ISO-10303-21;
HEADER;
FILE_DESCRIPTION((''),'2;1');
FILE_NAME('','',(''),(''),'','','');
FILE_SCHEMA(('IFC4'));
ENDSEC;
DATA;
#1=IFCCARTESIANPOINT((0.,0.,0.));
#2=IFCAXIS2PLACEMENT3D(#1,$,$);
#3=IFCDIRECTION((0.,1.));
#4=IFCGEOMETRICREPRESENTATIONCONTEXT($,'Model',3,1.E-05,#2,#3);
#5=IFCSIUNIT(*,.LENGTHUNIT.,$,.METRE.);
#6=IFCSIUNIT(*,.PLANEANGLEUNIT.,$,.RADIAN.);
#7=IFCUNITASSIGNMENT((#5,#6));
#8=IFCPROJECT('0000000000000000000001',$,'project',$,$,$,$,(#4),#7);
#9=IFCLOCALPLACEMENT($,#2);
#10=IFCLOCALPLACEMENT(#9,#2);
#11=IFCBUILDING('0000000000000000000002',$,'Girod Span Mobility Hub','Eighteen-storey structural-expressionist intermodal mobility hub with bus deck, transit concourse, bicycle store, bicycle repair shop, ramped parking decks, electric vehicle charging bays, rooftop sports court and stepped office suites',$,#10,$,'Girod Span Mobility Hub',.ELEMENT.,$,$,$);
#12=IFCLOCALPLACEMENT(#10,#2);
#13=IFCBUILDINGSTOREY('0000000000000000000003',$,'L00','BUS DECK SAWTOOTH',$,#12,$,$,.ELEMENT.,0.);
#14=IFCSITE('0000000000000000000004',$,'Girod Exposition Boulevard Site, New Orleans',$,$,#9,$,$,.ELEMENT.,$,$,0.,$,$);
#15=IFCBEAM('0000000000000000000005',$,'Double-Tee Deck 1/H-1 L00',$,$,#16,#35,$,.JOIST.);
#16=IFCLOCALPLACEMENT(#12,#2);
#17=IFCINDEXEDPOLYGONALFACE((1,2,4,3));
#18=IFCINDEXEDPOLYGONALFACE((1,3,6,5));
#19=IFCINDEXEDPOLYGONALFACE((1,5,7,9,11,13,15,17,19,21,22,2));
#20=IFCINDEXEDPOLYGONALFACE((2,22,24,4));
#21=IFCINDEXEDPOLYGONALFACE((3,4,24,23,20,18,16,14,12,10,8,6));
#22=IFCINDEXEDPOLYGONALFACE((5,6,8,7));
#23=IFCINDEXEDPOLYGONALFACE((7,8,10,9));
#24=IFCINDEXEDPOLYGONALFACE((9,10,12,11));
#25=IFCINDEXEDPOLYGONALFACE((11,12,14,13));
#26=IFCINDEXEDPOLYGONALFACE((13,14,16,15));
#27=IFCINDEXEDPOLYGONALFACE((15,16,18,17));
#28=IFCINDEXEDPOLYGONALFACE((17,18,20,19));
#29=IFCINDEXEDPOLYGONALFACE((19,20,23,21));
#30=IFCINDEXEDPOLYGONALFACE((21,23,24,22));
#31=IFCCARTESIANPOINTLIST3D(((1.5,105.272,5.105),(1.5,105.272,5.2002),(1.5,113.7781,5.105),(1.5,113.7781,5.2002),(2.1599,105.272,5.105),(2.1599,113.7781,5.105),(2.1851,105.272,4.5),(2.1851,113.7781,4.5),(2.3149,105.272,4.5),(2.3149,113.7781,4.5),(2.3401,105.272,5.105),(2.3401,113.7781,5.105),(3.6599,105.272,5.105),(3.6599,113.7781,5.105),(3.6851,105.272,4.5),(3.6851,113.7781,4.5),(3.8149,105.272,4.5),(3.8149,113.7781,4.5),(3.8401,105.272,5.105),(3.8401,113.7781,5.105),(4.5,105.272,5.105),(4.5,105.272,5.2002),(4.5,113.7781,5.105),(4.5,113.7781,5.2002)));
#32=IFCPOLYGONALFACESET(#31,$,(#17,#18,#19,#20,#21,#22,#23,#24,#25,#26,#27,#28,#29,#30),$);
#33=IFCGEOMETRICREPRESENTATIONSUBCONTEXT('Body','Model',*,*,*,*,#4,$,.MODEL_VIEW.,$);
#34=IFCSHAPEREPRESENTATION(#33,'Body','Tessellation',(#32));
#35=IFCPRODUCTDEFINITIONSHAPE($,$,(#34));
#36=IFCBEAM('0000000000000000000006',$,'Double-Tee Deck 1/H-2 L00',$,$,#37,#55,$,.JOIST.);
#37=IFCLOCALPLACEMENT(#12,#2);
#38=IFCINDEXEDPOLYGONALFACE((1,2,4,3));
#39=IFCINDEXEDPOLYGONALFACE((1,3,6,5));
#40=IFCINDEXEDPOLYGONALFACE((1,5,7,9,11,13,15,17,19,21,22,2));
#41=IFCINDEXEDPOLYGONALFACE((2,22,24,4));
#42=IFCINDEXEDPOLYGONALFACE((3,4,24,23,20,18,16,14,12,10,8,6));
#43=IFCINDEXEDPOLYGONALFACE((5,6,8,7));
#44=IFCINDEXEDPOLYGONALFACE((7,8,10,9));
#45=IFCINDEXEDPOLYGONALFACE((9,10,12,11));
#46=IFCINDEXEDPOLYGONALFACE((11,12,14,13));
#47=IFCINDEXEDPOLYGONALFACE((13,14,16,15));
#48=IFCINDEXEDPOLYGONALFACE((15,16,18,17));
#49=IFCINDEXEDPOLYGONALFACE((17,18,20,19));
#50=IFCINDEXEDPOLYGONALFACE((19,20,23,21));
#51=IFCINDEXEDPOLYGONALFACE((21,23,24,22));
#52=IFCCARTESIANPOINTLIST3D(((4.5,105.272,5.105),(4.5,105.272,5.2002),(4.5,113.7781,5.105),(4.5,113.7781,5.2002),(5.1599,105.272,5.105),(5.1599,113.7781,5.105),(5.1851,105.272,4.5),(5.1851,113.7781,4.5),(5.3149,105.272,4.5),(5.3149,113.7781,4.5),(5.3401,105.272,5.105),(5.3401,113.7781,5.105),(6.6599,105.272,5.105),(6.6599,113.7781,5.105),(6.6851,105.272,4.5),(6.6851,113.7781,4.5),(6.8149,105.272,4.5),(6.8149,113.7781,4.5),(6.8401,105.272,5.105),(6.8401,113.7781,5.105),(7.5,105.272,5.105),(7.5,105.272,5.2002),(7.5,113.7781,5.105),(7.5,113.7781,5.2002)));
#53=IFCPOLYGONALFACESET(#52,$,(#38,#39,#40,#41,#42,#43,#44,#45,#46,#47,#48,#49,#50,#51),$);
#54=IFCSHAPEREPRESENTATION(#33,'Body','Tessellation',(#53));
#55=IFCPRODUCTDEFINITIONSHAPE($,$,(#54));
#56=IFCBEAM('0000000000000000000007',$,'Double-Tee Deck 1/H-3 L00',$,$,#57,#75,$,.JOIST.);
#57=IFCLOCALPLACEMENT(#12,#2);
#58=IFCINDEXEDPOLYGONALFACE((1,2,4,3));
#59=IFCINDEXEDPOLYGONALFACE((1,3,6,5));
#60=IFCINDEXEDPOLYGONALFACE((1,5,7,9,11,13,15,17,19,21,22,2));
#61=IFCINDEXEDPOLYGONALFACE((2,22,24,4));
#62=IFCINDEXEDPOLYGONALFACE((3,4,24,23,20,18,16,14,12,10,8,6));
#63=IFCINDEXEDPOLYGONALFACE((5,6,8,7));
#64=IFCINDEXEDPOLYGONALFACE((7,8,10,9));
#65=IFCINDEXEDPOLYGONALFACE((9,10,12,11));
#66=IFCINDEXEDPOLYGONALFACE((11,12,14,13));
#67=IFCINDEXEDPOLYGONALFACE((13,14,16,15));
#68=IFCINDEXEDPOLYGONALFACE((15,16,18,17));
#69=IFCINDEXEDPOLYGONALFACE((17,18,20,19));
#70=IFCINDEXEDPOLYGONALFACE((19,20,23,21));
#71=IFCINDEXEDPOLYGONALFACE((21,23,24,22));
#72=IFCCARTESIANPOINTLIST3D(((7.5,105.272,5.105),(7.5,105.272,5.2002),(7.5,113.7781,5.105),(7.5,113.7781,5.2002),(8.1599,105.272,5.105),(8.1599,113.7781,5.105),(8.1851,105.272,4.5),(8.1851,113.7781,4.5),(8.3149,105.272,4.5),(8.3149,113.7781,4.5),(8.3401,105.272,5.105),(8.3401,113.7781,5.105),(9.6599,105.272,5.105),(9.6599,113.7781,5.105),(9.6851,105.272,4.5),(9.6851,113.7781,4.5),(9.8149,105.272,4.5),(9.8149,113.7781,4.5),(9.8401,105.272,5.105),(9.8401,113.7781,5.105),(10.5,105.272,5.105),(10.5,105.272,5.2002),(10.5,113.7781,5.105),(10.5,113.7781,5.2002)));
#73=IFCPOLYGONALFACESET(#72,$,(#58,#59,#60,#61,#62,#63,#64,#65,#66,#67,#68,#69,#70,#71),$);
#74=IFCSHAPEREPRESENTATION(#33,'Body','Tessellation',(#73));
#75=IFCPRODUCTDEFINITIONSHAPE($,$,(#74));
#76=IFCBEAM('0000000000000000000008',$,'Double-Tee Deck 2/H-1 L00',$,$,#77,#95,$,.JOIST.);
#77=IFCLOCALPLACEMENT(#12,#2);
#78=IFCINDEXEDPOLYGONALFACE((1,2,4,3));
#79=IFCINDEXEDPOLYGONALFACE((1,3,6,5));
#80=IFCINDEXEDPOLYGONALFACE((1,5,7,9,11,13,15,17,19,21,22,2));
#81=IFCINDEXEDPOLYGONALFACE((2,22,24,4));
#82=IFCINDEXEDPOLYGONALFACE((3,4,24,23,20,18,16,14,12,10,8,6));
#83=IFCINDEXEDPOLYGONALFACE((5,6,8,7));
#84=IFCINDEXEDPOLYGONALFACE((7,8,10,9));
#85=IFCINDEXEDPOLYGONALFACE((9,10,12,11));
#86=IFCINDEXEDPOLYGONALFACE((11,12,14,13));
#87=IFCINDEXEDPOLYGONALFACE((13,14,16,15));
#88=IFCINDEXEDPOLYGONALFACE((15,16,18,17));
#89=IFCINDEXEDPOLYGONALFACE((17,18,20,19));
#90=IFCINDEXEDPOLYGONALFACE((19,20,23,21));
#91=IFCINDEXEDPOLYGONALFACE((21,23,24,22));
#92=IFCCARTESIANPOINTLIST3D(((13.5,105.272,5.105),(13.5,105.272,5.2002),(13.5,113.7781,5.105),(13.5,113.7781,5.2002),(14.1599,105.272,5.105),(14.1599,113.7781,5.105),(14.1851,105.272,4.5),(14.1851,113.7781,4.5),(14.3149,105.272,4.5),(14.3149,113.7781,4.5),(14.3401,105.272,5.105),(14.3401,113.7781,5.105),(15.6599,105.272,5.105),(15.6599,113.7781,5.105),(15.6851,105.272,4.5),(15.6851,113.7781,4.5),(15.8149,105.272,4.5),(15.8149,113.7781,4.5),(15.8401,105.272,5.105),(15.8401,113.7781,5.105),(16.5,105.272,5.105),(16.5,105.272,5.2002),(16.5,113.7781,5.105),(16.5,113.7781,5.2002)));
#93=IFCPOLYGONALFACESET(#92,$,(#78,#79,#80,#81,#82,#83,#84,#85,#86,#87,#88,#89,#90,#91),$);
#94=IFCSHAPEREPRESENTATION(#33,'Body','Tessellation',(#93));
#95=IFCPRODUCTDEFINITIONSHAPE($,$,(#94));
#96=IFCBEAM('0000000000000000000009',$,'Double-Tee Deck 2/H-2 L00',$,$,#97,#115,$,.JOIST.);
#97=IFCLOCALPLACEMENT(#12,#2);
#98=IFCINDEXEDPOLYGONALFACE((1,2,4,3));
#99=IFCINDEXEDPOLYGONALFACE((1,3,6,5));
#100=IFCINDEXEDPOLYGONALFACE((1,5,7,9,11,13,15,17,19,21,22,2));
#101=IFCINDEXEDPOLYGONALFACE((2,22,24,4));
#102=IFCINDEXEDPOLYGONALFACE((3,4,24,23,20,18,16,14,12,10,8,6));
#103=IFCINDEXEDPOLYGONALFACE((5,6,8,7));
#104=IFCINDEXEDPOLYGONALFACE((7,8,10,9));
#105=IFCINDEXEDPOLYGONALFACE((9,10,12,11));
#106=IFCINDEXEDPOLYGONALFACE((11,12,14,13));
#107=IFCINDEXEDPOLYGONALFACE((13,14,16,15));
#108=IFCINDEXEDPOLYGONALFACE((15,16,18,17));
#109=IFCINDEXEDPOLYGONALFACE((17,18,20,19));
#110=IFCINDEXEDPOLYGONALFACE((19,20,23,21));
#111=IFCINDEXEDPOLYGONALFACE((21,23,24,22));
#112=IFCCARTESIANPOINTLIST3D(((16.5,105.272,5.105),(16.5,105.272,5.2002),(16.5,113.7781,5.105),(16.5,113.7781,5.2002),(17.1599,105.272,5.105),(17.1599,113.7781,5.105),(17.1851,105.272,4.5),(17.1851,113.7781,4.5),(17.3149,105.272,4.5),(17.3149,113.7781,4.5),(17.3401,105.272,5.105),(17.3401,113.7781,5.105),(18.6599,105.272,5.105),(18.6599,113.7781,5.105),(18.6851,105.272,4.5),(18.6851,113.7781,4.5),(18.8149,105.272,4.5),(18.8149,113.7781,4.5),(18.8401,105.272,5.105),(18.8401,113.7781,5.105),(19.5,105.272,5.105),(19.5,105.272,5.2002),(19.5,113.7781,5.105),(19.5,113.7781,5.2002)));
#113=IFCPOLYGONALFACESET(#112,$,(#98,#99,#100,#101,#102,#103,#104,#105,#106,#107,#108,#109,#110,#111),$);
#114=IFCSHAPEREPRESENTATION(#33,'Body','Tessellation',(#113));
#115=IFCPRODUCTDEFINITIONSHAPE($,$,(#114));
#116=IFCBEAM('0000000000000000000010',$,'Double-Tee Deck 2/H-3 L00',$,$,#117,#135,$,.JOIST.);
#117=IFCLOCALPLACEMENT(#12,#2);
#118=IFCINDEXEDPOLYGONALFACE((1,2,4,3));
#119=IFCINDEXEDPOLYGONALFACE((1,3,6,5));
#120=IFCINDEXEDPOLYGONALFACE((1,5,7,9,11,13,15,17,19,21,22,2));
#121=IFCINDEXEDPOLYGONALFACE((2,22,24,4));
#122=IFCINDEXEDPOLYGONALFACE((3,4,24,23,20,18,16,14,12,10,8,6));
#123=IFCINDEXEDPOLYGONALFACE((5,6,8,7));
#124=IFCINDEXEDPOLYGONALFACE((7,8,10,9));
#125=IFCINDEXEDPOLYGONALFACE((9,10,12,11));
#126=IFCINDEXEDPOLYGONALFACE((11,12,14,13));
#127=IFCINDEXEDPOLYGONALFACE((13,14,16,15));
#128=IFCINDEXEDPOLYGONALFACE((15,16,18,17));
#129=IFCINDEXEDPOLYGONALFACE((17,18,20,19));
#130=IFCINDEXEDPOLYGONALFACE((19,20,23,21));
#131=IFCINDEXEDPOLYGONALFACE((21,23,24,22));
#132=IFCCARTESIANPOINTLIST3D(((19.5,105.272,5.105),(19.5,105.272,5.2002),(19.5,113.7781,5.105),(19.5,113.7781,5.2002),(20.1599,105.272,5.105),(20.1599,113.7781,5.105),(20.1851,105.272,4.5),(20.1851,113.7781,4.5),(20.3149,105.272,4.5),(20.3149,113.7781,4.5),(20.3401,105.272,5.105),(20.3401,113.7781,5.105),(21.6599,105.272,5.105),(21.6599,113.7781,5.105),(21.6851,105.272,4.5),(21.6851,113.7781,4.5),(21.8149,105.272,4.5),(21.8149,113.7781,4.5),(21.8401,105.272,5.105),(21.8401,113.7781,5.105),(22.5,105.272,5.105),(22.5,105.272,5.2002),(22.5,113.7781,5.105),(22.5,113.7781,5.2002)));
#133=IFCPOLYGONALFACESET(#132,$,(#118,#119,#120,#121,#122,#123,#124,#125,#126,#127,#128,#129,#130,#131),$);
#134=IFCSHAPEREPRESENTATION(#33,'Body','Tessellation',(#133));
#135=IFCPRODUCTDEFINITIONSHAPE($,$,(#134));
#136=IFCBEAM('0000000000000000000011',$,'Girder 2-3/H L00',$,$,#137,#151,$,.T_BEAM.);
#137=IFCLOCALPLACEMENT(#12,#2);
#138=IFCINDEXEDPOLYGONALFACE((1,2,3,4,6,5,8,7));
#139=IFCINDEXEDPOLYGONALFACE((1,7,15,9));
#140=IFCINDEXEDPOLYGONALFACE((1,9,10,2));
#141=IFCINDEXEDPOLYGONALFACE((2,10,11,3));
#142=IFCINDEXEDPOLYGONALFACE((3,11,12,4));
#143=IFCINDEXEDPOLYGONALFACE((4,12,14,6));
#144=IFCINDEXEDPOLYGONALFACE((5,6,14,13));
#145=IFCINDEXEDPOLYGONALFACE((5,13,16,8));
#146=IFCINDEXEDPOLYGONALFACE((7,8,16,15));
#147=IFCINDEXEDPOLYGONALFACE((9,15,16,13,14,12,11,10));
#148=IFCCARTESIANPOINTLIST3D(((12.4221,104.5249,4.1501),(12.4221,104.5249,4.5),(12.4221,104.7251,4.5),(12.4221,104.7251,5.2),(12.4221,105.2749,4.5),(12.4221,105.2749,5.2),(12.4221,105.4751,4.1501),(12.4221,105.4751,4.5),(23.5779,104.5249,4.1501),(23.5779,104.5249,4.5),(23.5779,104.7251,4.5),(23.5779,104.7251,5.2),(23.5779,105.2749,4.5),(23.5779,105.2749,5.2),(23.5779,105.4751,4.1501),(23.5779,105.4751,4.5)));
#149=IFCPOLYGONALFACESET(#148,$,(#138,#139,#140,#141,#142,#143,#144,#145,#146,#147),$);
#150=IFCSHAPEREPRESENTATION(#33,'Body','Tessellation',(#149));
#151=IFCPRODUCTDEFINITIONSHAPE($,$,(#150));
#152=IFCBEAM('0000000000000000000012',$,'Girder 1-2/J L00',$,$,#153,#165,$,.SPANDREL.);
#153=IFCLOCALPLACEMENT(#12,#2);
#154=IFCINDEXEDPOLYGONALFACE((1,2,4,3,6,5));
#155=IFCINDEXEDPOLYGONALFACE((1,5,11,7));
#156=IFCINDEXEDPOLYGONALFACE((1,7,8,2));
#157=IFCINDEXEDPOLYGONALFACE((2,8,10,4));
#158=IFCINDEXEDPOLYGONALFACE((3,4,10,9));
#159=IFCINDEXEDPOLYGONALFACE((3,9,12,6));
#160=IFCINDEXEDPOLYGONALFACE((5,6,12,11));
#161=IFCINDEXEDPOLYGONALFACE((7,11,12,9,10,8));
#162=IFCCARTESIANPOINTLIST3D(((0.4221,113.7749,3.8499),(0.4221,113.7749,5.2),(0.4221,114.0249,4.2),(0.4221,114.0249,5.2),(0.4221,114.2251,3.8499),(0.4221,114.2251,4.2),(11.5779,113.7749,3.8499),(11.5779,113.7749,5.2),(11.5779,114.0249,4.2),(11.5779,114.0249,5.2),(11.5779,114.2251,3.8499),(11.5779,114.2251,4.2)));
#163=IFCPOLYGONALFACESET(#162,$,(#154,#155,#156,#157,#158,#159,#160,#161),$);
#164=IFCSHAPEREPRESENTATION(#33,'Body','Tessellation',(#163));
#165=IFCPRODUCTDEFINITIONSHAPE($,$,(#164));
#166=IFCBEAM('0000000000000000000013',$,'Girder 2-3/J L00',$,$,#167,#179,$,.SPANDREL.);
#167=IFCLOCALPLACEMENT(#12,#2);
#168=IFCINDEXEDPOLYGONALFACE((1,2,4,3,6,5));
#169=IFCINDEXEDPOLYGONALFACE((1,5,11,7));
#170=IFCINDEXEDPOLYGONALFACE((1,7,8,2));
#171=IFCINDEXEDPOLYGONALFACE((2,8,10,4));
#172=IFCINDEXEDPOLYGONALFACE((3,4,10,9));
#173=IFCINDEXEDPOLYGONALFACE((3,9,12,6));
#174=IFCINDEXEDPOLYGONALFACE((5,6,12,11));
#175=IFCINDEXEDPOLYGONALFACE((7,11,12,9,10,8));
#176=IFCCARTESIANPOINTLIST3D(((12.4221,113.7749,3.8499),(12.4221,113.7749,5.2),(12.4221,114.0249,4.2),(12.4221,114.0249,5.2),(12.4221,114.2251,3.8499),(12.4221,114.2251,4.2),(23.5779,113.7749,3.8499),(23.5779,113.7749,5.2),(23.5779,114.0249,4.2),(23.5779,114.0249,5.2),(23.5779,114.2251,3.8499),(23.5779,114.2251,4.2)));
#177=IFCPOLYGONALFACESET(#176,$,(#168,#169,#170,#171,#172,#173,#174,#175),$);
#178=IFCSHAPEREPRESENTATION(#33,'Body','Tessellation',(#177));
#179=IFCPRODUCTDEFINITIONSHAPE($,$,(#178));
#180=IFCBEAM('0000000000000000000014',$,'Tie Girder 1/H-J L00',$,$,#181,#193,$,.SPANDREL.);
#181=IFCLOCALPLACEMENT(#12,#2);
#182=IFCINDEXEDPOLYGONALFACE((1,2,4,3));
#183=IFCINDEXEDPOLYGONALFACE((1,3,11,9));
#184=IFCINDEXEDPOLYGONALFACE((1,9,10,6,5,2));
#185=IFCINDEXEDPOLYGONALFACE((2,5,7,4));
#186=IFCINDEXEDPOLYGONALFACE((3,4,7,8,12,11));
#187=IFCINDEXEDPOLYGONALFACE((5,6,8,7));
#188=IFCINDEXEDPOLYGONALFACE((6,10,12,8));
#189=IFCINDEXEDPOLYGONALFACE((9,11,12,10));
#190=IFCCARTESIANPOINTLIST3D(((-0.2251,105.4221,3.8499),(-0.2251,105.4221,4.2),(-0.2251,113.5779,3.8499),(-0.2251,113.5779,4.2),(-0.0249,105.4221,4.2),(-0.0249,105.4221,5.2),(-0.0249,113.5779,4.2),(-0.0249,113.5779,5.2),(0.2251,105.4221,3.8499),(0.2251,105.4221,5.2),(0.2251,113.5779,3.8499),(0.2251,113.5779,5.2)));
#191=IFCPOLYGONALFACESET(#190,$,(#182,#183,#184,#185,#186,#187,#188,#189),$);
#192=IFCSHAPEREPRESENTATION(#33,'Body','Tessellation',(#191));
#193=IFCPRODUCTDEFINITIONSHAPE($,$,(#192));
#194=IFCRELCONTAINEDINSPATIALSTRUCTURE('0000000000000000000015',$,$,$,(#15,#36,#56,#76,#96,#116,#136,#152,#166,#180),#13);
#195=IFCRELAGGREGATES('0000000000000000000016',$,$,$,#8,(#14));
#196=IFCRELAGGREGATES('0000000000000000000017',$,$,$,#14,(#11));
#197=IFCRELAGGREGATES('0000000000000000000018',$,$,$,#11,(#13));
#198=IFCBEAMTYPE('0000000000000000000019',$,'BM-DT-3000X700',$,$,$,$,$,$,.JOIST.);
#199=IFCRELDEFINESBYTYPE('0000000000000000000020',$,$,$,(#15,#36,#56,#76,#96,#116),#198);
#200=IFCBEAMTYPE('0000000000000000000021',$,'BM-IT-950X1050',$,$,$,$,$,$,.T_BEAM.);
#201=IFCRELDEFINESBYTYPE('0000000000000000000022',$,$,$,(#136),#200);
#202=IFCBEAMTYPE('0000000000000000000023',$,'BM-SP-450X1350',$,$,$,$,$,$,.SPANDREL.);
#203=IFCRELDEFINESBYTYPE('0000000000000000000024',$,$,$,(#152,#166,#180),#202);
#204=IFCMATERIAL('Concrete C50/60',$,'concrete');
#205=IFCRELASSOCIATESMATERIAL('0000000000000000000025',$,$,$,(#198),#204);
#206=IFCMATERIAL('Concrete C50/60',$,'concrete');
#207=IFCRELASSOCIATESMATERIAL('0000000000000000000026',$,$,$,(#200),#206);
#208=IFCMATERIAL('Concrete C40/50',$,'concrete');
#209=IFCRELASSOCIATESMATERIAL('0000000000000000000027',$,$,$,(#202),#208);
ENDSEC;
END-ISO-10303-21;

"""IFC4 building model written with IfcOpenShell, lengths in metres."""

from ifc_helpers import new_model, si_unit, direction, frame, origin, place, context, subcontext, project, spatial, polyline, outline, extrude, material, material_profile, profile_set, type_object, element, save


model = new_model("IFC4")

# Units and contexts
model_context = context("Model", 3, precision=1e-05, world=origin(), true_north=direction((0.0, 1.0)))
body_context = subcontext(model_context, "Body", "Model", "MODEL_VIEW")
ifc_project = project(units=[si_unit("LENGTHUNIT", "METRE"), si_unit("PLANEANGLEUNIT", "RADIAN")], contexts=[model_context])

# Site, building, storey
site_placement = place(None, origin())
site = spatial("IfcSite", under=ifc_project, at=site_placement, Name="Girod Exposition Boulevard Site, New Orleans", CompositionType="ELEMENT", RefElevation=0.0)
building_placement = place(site_placement, origin())
building = spatial("IfcBuilding", under=site, at=building_placement, Name="Girod Span Mobility Hub", Description="Eighteen-storey structural-expressionist intermodal mobility hub with bus deck, transit concourse, bicycle store, bicycle repair shop, ramped parking decks, electric vehicle charging bays, rooftop sports court and stepped office suites", LongName="Girod Span Mobility Hub", CompositionType="ELEMENT")
storey_placement = place(building_placement, origin())
storey = spatial("IfcBuildingStorey", under=building, at=storey_placement, Name="L00", Description="BUS DECK SAWTOOTH", CompositionType="ELEMENT", Elevation=0.0)

# Beams
ifc_material_1 = material(Name="Concrete C50/60", Category="concrete")
ifc_material_profile_1 = material_profile(ifc_material_1, outline(polyline([(-1.5, 0.3501), (-1.5, 0.2549), (-0.8401, 0.2549), (-0.8149, -0.3501), (-0.6851, -0.3501), (-0.6599, 0.2549), (0.6599, 0.2549), (0.6851, -0.3501), (0.8149, -0.3501), (0.8401, 0.2549), (1.5, 0.2549), (1.5, 0.3501), (-1.5, 0.3501)])), Name="DT-3000X700")
ifc_profile_set_1 = profile_set([ifc_material_profile_1], Name="Concrete C50/60")
beam_type_1 = type_object("IfcBeamType", Name="BM-DT-3000X700", PredefinedType="JOIST", material=ifc_profile_set_1)
for number, where, z_axis, x_axis, name in (
    (1, (3.0, 105.272, 4.8501), (0.0, 1.0, 0.0), (-1.0, 0.0, 0.0), "Double-Tee Deck 1/H-1 L00"),
    (2, (6.0, 105.272, 4.8501), (0.0, 1.0, 0.0), (-1.0, 0.0, 0.0), "Double-Tee Deck 1/H-2 L00"),
    (3, (9.0, 105.272, 4.8501), (0.0, 1.0, 0.0), (-1.0, 0.0, 0.0), "Double-Tee Deck 1/H-3 L00"),
    (4, (15.0, 105.272, 4.8501), (0.0, 1.0, 0.0), (-1.0, 0.0, 0.0), "Double-Tee Deck 2/H-1 L00"),
    (5, (18.0, 105.272, 4.8501), (0.0, 1.0, 0.0), (-1.0, 0.0, 0.0), "Double-Tee Deck 2/H-2 L00"),
    (6, (21.0, 105.272, 4.8501), (0.0, 1.0, 0.0), (-1.0, 0.0, 0.0), "Double-Tee Deck 2/H-3 L00"),
):
    element("IfcBeam", number, at=place(storey_placement, frame(where, z_axis=z_axis, x_axis=x_axis)), inside=storey, type_object=beam_type_1, Name=name, PredefinedType="JOIST", context=body_context, shape_type="SweptSolid", body=[
        extrude(outline(polyline([(-1.5, 0.3501), (-1.5, 0.2549), (-0.8401, 0.2549), (-0.8149, -0.3501), (-0.6851, -0.3501), (-0.6599, 0.2549), (0.6599, 0.2549), (0.6851, -0.3501), (0.8149, -0.3501), (0.8401, 0.2549), (1.5, 0.2549), (1.5, 0.3501), (-1.5, 0.3501)])), origin(), (0.0, 0.0, 1.0), 8.5061),
    ])
ifc_material_2 = material(Name="Concrete C50/60", Category="concrete")
ifc_material_profile_2 = material_profile(ifc_material_2, outline(polyline([(-0.4751, -0.5249), (0.4751, -0.5249), (0.4751, -0.175), (0.2749, -0.175), (0.2749, 0.5249), (-0.2749, 0.5249), (-0.2749, -0.175), (-0.4751, -0.175), (-0.4751, -0.5249)])), Name="IT-950X1050")
ifc_profile_set_2 = profile_set([ifc_material_profile_2], Name="Concrete C50/60")
beam_type_2 = type_object("IfcBeamType", Name="BM-IT-950X1050", PredefinedType="T_BEAM", material=ifc_profile_set_2)
beam_1_placement = place(storey_placement, frame((12.4221, 105.0, 4.675), z_axis=(1.0, 0.0, 0.0), x_axis=(0.0, 1.0, 0.0)))
element("IfcBeam", 7, at=beam_1_placement, inside=storey, type_object=beam_type_2, Name="Girder 2-3/H L00", PredefinedType="T_BEAM", context=body_context, shape_type="SweptSolid", body=[
    extrude(outline(polyline([(-0.4751, -0.5249), (0.4751, -0.5249), (0.4751, -0.175), (0.2749, -0.175), (0.2749, 0.5249), (-0.2749, 0.5249), (-0.2749, -0.175), (-0.4751, -0.175), (-0.4751, -0.5249)])), origin(), (0.0, 0.0, 1.0), 11.1558),
])
ifc_material_3 = material(Name="Concrete C40/50", Category="concrete")
ifc_material_profile_3 = material_profile(ifc_material_3, outline(polyline([(-0.2251, -0.675), (0.2251, -0.675), (0.2251, -0.325), (0.0249, -0.325), (0.0249, 0.675), (-0.2251, 0.675), (-0.2251, -0.675)])), Name="SP-450X1350")
ifc_profile_set_3 = profile_set([ifc_material_profile_3], Name="Concrete C40/50")
beam_type_3 = type_object("IfcBeamType", Name="BM-SP-450X1350", PredefinedType="SPANDREL", material=ifc_profile_set_3)
for number, where, z_axis, x_axis, name in (
    (8, (0.4221, 114.0, 4.5249), (1.0, 0.0, 0.0), (0.0, 1.0, 0.0), "Girder 1-2/J L00"),
    (9, (12.4221, 114.0, 4.5249), (1.0, 0.0, 0.0), (0.0, 1.0, 0.0), "Girder 2-3/J L00"),
):
    element("IfcBeam", number, at=place(storey_placement, frame(where, z_axis=z_axis, x_axis=x_axis)), inside=storey, type_object=beam_type_3, Name=name, PredefinedType="SPANDREL", context=body_context, shape_type="SweptSolid", body=[
        extrude(outline(polyline([(-0.2251, -0.675), (0.2251, -0.675), (0.2251, -0.325), (0.0249, -0.325), (0.0249, 0.675), (-0.2251, 0.675), (-0.2251, -0.675)])), origin(), (0.0, 0.0, 1.0), 11.1558),
    ])
beam_2_placement = place(storey_placement, frame((0.0, 105.4221, 4.5249), z_axis=(0.0, 1.0, 0.0), x_axis=(-1.0, 0.0, 0.0)))
element("IfcBeam", 10, at=beam_2_placement, inside=storey, type_object=beam_type_3, Name="Tie Girder 1/H-J L00", PredefinedType="SPANDREL", context=body_context, shape_type="SweptSolid", body=[
    extrude(outline(polyline([(-0.2251, -0.675), (0.2251, -0.675), (0.2251, -0.325), (0.0249, -0.325), (0.0249, 0.675), (-0.2251, 0.675), (-0.2251, -0.675)])), origin(), (0.0, 0.0, 1.0), 8.1558),
])

save(model, "model.ifc")
